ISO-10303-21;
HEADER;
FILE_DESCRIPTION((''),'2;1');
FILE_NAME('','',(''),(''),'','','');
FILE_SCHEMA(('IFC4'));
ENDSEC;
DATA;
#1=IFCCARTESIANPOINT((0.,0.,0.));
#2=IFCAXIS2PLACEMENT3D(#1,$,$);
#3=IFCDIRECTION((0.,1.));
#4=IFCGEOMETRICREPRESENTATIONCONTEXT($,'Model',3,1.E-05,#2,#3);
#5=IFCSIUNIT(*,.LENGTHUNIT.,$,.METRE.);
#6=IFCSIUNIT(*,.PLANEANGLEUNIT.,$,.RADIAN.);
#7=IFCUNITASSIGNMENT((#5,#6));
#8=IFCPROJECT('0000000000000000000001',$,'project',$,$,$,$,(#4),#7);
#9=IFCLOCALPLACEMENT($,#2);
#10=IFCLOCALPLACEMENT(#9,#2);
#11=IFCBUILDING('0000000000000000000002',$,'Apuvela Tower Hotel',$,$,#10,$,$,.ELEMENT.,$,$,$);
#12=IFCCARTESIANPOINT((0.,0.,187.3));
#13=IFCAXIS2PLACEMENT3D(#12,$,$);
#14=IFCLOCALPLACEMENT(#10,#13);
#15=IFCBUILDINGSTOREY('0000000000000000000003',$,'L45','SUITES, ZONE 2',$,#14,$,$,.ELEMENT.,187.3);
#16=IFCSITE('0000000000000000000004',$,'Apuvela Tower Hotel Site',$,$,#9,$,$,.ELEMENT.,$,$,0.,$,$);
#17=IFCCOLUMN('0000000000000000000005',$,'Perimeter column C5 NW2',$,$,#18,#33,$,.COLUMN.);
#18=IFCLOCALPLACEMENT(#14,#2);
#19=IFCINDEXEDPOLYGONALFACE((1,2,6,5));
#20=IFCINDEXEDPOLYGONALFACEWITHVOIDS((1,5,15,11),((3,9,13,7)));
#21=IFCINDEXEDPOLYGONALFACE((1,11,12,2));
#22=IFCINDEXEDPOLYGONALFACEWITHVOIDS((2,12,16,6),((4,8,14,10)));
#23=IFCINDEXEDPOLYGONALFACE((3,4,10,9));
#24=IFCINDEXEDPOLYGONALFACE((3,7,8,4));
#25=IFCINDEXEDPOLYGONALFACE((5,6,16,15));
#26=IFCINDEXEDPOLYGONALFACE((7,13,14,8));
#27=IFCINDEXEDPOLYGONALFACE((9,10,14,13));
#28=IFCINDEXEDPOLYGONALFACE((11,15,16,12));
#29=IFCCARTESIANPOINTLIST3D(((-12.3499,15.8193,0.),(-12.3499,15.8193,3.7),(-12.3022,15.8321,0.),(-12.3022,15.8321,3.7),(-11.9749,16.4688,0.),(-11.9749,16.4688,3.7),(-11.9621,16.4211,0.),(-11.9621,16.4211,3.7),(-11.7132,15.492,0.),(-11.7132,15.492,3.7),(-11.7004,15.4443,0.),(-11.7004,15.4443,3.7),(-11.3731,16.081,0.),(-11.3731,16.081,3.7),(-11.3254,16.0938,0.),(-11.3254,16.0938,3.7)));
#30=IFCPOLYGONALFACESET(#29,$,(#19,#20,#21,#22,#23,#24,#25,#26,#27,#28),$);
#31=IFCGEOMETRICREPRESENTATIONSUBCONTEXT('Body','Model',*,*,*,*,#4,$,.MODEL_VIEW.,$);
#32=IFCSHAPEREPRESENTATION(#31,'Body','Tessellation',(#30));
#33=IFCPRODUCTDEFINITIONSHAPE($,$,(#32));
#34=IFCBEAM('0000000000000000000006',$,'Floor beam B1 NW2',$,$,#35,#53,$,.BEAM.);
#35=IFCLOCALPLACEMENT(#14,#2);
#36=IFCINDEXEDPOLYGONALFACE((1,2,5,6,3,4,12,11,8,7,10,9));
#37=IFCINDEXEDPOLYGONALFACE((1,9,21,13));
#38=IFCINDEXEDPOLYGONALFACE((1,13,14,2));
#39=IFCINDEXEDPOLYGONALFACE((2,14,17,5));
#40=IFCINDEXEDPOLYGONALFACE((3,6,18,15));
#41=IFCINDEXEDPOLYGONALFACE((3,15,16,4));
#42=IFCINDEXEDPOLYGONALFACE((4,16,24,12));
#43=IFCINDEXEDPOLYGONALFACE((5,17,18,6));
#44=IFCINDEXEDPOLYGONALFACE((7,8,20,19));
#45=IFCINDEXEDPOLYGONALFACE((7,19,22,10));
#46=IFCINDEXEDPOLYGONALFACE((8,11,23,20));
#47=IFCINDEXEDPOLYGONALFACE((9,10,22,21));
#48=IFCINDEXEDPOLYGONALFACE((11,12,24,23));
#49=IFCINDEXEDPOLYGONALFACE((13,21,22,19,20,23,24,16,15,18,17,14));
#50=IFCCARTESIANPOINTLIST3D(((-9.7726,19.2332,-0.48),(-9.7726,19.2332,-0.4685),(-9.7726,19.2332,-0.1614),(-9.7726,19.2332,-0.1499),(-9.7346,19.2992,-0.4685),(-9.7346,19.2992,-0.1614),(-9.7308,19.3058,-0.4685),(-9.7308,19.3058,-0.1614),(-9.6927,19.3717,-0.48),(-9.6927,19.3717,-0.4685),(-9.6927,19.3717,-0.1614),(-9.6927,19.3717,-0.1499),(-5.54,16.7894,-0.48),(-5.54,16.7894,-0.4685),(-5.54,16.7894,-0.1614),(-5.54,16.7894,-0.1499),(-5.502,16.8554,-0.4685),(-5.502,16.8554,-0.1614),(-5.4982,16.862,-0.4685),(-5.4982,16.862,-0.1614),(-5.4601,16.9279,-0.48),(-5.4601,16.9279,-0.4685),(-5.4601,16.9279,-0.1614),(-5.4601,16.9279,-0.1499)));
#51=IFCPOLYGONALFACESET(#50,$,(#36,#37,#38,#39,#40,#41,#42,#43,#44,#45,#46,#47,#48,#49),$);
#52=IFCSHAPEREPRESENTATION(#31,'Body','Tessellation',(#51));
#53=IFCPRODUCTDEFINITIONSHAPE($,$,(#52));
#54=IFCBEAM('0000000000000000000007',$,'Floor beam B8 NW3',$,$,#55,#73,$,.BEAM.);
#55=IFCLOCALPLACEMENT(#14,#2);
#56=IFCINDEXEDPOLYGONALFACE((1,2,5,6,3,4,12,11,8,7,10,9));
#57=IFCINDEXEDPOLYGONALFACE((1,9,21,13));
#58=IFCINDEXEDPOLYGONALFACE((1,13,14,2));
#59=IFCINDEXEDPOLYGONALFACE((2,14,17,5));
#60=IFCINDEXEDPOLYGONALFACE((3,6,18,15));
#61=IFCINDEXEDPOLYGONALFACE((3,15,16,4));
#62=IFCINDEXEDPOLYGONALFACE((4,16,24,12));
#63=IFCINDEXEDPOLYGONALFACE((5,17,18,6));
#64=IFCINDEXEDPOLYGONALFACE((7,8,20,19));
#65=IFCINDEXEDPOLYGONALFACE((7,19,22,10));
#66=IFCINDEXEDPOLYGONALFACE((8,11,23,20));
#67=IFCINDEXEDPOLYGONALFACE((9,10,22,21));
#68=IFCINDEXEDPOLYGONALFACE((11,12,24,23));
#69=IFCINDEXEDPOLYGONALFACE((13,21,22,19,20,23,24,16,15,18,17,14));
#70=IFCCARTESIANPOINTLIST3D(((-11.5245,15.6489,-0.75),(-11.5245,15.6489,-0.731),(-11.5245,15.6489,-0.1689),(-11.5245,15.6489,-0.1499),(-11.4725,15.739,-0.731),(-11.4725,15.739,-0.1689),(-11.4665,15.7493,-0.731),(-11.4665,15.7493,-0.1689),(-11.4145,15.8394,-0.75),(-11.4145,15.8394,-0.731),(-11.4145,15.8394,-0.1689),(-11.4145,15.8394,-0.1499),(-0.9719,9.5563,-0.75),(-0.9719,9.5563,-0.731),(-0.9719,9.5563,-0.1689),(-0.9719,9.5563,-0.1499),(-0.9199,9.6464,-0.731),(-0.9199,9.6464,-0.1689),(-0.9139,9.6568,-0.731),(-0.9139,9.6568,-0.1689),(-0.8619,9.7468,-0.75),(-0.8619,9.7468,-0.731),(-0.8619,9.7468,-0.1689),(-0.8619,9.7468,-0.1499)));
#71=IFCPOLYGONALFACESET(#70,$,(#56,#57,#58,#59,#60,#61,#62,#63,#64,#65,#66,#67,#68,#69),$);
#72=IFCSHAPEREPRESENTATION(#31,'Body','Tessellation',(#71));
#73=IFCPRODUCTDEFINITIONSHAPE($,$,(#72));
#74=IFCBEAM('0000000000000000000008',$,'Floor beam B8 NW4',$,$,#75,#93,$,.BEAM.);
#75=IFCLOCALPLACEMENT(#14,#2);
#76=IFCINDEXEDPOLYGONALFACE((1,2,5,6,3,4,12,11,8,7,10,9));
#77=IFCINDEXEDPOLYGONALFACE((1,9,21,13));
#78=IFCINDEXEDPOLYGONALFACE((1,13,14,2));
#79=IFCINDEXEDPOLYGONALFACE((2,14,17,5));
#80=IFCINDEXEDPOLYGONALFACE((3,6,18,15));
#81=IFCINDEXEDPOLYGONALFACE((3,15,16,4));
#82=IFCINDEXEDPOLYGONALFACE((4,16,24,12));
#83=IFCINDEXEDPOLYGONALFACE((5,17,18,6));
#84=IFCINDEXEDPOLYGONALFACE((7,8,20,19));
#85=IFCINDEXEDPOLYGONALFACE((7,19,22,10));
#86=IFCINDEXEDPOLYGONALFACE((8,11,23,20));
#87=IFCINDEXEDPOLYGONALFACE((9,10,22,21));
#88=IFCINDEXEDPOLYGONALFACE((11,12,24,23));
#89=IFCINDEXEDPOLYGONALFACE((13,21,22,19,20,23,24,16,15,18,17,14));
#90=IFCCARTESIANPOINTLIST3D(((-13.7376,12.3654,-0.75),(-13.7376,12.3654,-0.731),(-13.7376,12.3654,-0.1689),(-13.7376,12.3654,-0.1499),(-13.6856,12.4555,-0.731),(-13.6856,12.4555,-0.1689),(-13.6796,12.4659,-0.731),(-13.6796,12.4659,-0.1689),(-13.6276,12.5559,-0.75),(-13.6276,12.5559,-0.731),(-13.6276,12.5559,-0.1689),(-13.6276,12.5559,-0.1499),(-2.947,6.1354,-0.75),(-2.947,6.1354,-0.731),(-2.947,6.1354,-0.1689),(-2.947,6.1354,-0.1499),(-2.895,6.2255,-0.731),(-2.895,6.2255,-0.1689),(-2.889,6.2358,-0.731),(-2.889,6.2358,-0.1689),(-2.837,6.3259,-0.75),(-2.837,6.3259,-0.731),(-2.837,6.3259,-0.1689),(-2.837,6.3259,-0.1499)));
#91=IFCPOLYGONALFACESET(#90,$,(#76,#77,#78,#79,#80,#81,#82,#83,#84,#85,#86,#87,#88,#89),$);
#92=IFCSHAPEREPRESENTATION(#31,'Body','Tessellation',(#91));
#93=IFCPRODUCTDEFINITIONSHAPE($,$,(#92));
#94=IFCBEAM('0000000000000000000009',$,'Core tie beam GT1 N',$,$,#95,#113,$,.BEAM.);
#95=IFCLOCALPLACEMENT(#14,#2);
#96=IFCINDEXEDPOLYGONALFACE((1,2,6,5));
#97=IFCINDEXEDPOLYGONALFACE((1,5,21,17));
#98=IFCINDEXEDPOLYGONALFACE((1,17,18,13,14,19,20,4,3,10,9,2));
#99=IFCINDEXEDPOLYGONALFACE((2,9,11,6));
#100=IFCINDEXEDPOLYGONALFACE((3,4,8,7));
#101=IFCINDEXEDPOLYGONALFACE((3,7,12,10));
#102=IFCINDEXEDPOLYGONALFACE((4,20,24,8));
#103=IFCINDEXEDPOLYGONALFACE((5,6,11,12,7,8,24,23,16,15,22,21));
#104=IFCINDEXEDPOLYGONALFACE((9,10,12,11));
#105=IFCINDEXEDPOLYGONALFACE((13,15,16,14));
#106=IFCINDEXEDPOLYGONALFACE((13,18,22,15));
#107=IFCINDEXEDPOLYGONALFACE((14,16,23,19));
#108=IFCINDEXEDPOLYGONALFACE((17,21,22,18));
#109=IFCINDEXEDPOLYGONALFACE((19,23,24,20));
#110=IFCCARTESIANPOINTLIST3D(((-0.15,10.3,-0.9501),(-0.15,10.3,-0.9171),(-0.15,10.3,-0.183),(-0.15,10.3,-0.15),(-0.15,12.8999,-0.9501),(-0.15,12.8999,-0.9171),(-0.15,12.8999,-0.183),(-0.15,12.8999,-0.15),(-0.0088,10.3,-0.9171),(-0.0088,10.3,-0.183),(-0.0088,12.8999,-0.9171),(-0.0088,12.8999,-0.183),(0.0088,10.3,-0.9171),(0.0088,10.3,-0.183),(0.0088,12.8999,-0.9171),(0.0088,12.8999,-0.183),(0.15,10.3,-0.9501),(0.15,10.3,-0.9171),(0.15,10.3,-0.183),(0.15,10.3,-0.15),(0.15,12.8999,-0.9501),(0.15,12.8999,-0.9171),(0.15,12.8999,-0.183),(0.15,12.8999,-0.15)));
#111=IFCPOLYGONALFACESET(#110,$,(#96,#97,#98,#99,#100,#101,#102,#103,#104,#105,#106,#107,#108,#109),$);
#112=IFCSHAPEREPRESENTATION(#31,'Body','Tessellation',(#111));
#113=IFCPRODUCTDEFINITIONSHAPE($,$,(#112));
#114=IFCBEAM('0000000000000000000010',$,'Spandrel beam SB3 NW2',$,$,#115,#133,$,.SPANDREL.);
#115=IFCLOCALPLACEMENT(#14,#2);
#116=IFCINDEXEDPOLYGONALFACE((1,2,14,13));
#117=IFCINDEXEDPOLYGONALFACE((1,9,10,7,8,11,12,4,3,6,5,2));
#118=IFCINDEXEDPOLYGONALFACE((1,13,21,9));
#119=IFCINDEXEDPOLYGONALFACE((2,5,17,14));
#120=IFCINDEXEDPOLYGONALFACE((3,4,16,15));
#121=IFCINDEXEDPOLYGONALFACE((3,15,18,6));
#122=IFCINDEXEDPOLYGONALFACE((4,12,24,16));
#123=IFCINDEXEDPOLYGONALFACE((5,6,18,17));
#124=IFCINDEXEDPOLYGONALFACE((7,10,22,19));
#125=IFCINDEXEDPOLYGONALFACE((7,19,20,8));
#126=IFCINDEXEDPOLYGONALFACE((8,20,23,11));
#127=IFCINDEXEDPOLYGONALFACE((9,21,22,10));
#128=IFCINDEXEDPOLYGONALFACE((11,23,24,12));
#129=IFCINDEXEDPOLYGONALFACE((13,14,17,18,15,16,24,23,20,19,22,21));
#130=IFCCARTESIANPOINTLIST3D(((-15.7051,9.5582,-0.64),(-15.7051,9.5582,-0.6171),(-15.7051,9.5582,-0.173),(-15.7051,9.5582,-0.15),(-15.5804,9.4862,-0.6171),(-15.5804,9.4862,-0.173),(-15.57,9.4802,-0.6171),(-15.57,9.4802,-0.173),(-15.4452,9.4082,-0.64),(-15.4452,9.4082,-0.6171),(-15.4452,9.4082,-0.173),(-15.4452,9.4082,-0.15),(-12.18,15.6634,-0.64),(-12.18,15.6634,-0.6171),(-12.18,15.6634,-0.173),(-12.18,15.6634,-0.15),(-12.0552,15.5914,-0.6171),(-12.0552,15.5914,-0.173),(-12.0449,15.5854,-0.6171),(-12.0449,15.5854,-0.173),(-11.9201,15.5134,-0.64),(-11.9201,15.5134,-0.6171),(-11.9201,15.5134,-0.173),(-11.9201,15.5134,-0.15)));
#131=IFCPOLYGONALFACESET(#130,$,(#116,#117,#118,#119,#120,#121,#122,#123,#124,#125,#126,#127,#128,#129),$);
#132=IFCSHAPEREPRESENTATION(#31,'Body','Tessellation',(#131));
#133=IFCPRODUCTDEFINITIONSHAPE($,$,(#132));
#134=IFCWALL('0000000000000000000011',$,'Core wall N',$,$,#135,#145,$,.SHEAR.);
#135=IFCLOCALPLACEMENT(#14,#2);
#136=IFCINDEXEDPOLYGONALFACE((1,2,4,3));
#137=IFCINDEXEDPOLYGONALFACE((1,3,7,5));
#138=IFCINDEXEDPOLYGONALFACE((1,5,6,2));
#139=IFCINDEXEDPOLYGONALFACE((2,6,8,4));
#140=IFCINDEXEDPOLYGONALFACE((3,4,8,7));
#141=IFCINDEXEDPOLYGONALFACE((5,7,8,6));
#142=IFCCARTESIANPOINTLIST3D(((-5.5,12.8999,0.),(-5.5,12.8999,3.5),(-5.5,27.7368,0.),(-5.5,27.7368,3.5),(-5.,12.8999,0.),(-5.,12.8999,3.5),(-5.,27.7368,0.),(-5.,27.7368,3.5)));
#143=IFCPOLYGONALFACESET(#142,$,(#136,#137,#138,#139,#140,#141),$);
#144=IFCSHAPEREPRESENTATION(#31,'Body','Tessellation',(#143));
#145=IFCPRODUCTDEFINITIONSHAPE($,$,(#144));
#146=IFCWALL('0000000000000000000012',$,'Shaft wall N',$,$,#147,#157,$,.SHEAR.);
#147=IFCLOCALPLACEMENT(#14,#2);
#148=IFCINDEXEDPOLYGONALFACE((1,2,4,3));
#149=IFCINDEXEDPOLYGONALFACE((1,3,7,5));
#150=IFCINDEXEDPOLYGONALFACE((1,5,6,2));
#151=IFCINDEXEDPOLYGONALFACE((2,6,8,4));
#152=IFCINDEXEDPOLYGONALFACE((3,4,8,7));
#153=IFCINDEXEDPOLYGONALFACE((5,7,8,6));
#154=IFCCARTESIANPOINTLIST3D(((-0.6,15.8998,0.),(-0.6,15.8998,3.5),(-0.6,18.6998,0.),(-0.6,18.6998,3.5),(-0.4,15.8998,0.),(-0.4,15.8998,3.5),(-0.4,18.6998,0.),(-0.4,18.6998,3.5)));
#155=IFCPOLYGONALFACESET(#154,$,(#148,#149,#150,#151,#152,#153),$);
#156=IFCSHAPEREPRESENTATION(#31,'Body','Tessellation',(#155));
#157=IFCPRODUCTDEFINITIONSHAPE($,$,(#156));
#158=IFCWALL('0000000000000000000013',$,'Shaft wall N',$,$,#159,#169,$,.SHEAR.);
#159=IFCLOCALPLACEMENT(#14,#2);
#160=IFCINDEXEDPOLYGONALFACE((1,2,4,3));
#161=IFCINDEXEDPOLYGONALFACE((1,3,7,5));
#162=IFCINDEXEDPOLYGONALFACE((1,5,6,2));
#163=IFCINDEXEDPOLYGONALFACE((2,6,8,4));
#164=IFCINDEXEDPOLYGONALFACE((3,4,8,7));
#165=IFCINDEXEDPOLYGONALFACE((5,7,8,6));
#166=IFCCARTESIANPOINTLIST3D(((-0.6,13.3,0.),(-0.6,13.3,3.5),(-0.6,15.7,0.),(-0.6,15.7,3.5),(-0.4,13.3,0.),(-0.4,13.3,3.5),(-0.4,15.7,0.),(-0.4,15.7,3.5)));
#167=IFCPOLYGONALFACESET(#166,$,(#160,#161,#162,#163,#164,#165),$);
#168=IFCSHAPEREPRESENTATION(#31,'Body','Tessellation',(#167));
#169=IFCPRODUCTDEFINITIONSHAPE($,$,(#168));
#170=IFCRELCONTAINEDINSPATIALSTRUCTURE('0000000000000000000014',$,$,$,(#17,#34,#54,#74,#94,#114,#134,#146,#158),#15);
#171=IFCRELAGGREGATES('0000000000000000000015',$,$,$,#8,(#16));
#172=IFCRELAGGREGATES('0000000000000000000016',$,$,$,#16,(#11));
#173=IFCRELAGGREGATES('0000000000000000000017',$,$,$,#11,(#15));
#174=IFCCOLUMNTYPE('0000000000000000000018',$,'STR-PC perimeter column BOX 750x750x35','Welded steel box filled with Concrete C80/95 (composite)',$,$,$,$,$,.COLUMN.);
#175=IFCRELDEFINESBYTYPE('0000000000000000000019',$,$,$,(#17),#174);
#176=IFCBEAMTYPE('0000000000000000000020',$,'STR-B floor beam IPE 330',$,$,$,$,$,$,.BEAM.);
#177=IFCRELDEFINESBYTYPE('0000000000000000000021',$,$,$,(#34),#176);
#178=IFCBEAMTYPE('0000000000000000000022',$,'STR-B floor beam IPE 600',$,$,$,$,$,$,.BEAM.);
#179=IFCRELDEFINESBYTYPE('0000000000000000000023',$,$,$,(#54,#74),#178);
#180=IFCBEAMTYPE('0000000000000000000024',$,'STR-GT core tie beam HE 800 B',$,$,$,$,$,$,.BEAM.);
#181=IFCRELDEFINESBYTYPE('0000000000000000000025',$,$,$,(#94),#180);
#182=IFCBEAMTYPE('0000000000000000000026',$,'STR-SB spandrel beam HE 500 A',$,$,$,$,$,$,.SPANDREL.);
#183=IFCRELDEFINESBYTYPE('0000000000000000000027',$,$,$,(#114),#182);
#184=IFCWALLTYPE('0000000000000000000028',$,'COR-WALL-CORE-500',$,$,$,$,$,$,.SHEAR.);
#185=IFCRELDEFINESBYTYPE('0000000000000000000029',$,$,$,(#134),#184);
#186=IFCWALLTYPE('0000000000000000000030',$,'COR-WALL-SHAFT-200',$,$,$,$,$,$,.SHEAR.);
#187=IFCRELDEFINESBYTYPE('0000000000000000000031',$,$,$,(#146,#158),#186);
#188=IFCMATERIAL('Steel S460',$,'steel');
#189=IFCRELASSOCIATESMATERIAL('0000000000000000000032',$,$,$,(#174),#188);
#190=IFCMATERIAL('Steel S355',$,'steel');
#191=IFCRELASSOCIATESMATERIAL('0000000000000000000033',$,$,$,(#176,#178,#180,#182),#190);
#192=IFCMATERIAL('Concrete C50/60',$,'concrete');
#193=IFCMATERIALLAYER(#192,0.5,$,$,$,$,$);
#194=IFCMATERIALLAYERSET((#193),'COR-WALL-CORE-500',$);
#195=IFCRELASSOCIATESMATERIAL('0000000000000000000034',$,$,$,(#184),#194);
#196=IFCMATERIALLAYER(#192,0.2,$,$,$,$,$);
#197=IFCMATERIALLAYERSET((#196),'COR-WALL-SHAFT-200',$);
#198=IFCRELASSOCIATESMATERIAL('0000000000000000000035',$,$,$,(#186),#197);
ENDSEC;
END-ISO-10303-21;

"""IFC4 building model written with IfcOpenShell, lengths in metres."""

from ifc_helpers import new_model, si_unit, direction, frame, frame_2d, origin, origin_2d, place, context, subcontext, project, spatial, rectangle, hollow_rectangle, i_section, extrude, material, layer, layer_set, material_profile, profile_set, type_object, element, save


model = new_model("IFC4")

# Units and contexts
model_context = context("Model", 3, precision=1e-05, world=origin(), true_north=direction((0.0, 1.0)))
body_context = subcontext(model_context, "Body", "Model", "MODEL_VIEW")
ifc_project = project(units=[si_unit("LENGTHUNIT", "METRE"), si_unit("PLANEANGLEUNIT", "RADIAN")], contexts=[model_context])

# Site, building, storey
site_placement = place(None, origin())
site = spatial("IfcSite", under=ifc_project, at=site_placement, Name="Apuvela Tower Hotel Site", CompositionType="ELEMENT", RefElevation=0.0)
building_placement = place(site_placement, origin())
building = spatial("IfcBuilding", under=site, at=building_placement, Name="Apuvela Tower Hotel", CompositionType="ELEMENT")
storey_placement = place(building_placement, frame((0.0, 0.0, 187.3)))
storey = spatial("IfcBuildingStorey", under=building, at=storey_placement, Name="L45", Description="SUITES, ZONE 2", CompositionType="ELEMENT", Elevation=187.3)

# Column
ifc_material_1 = material(Name="Steel S460", Category="steel")
ifc_material_profile_1 = material_profile(ifc_material_1, hollow_rectangle(XDim=0.75, YDim=0.75, WallThickness=0.0349, at=origin_2d()), Name="BOX 750x750x35")
ifc_material_2 = material(Name="Concrete C80/95", Category="concrete")
ifc_material_profile_2 = material_profile(ifc_material_2, rectangle(XDim=0.6799, YDim=0.6799, at=origin_2d()), Name="Concrete C80/95 infill")
ifc_profile_set_1 = profile_set([ifc_material_profile_1, ifc_material_profile_2], Name="Steel S460")
column_type = type_object("IfcColumnType", Name="STR-PC perimeter column BOX 750x750x35", Description="Welded steel box filled with Concrete C80/95 (composite)", PredefinedType="COLUMN", material=ifc_profile_set_1)
column_placement = place(storey_placement, frame((-11.8376, 15.9565, 0.0), z_axis=(0.0, 0.0, 1.0), x_axis=(0.5, 0.866025, 0.0)))
element("IfcColumn", 1, at=column_placement, inside=storey, type_object=column_type, Name="Perimeter column C5 NW2", PredefinedType="COLUMN", context=body_context, shape_type="SweptSolid", body=[
    extrude(hollow_rectangle(XDim=0.75, YDim=0.75, WallThickness=0.0349, at=origin_2d()), origin(), (0.0, 0.0, 1.0), 3.7),
])

# Beams
ifc_material_3 = material(Name="Steel S355", Category="steel")
ifc_material_profile_3 = material_profile(ifc_material_3, i_section(OverallWidth=0.1599, OverallDepth=0.3301, WebThickness=0.0076, FlangeThickness=0.0115, at=origin_2d()), Name="IPE 330")
ifc_profile_set_2 = profile_set([ifc_material_profile_3], Name="Steel S355")
beam_type_1 = type_object("IfcBeamType", Name="STR-B floor beam IPE 330", PredefinedType="BEAM", material=ifc_profile_set_2)
beam_1_placement = place(storey_placement, frame((-9.7327, 19.3025, -0.3149), z_axis=(0.866015, -0.500018, 0.0), x_axis=(0.500018, 0.866015, 0.0)))
element("IfcBeam", 2, at=beam_1_placement, inside=storey, type_object=beam_type_1, Name="Floor beam B1 NW2", PredefinedType="BEAM", context=body_context, shape_type="SweptSolid", body=[
    extrude(i_section(OverallWidth=0.1599, OverallDepth=0.3301, WebThickness=0.0076, FlangeThickness=0.0115, at=origin_2d()), origin(), (0.0, 0.0, 1.0), 4.8875),
])
ifc_material_profile_4 = material_profile(ifc_material_3, i_section(OverallWidth=0.22, OverallDepth=0.6001, WebThickness=0.012, FlangeThickness=0.019, at=origin_2d()), Name="IPE 600")
ifc_profile_set_3 = profile_set([ifc_material_profile_4], Name="Steel S355")
beam_type_2 = type_object("IfcBeamType", Name="STR-B floor beam IPE 600", PredefinedType="BEAM", material=ifc_profile_set_3)
beam_2_placement = place(storey_placement, frame((-11.4695, 15.7441, -0.45), z_axis=(0.866024, -0.500003, 0.0), x_axis=(0.500003, 0.866024, 0.0)))
element("IfcBeam", 3, at=beam_2_placement, inside=storey, type_object=beam_type_2, Name="Floor beam B8 NW3", PredefinedType="BEAM", context=body_context, shape_type="SweptSolid", body=[
    extrude(i_section(OverallWidth=0.22, OverallDepth=0.6001, WebThickness=0.012, FlangeThickness=0.019, at=origin_2d()), origin(), (0.0, 0.0, 1.0), 12.1851),
])
beam_3_placement = place(storey_placement, frame((-13.6826, 12.4607, -0.45), z_axis=(0.866023, -0.500004, 0.0), x_axis=(0.500004, 0.866023, 0.0)))
element("IfcBeam", 4, at=beam_3_placement, inside=storey, type_object=beam_type_2, Name="Floor beam B8 NW4", PredefinedType="BEAM", context=body_context, shape_type="SweptSolid", body=[
    extrude(i_section(OverallWidth=0.22, OverallDepth=0.6001, WebThickness=0.012, FlangeThickness=0.019, at=origin_2d()), origin(), (0.0, 0.0, 1.0), 12.46),
])
ifc_material_profile_5 = material_profile(ifc_material_3, i_section(OverallWidth=0.3, OverallDepth=0.8, WebThickness=0.0176, FlangeThickness=0.033, at=origin_2d()), Name="HE 800 B")
ifc_profile_set_4 = profile_set([ifc_material_profile_5], Name="Steel S355")
beam_type_3 = type_object("IfcBeamType", Name="STR-GT core tie beam HE 800 B", PredefinedType="BEAM", material=ifc_profile_set_4)
beam_4_placement = place(storey_placement, frame((0.0, 12.8999, -0.55), z_axis=(0.0, -1.0, 0.0), x_axis=(1.0, 0.0, 0.0)))
element("IfcBeam", 5, at=beam_4_placement, inside=storey, type_object=beam_type_3, Name="Core tie beam GT1 N", PredefinedType="BEAM", context=body_context, shape_type="SweptSolid", body=[
    extrude(i_section(OverallWidth=0.3, OverallDepth=0.8, WebThickness=0.0176, FlangeThickness=0.033, at=origin_2d()), origin(), (0.0, 0.0, 1.0), 2.5999),
])
ifc_material_profile_6 = material_profile(ifc_material_3, i_section(OverallWidth=0.3, OverallDepth=0.49, WebThickness=0.012, FlangeThickness=0.0229, at=origin_2d()), Name="HE 500 A")
ifc_profile_set_5 = profile_set([ifc_material_profile_6], Name="Steel S355")
beam_type_4 = type_object("IfcBeamType", Name="STR-SB spandrel beam HE 500 A", PredefinedType="SPANDREL", material=ifc_profile_set_5)
beam_5_placement = place(storey_placement, frame((-12.05, 15.5884, -0.395), z_axis=(-0.500031, -0.866007, 0.0), x_axis=(0.866007, -0.500031, 0.0)))
element("IfcBeam", 6, at=beam_5_placement, inside=storey, type_object=beam_type_4, Name="Spandrel beam SB3 NW2", PredefinedType="SPANDREL", context=body_context, shape_type="SweptSolid", body=[
    extrude(i_section(OverallWidth=0.3, OverallDepth=0.49, WebThickness=0.012, FlangeThickness=0.0229, at=origin_2d()), origin(), (0.0, 0.0, 1.0), 7.0498),
])

# Walls
ifc_material_4 = material(Name="Concrete C50/60", Category="concrete")
ifc_layer_1 = layer(ifc_material_4, 0.5)
ifc_layer_set_1 = layer_set([ifc_layer_1], Name="COR-WALL-CORE-500")
wall_type_1 = type_object("IfcWallType", Name="COR-WALL-CORE-500", PredefinedType="SHEAR", material=ifc_layer_set_1)
wall_1_placement = place(storey_placement, frame((-5.25, 12.8999, 0.0), z_axis=(0.0, 0.0, 1.0), x_axis=(0.0, 1.0, 0.0)))
element("IfcWall", 7, at=wall_1_placement, inside=storey, type_object=wall_type_1, Name="Core wall N", PredefinedType="SHEAR", context=body_context, shape_type="SweptSolid", body=[
    extrude(rectangle(XDim=14.8369, YDim=0.5, at=frame_2d((7.4185, 0.0))), origin(), (0.0, 0.0, 1.0), 3.5),
])
ifc_layer_2 = layer(ifc_material_4, 0.2)
ifc_layer_set_2 = layer_set([ifc_layer_2], Name="COR-WALL-SHAFT-200")
wall_type_2 = type_object("IfcWallType", Name="COR-WALL-SHAFT-200", PredefinedType="SHEAR", material=ifc_layer_set_2)
wall_2_placement = place(storey_placement, frame((-0.5, 15.8999, 0.0), z_axis=(0.0, 0.0, 1.0), x_axis=(0.0, 1.0, 0.0)))
element("IfcWall", 8, at=wall_2_placement, inside=storey, type_object=wall_type_2, Name="Shaft wall N", PredefinedType="SHEAR", context=body_context, shape_type="SweptSolid", body=[
    extrude(rectangle(XDim=2.8, YDim=0.2, at=frame_2d((1.3999, 0.0))), origin(), (0.0, 0.0, 1.0), 3.5),
])
wall_3_placement = place(storey_placement, frame((-0.5, 13.3, 0.0), z_axis=(0.0, 0.0, 1.0), x_axis=(0.0, 1.0, 0.0)))
element("IfcWall", 9, at=wall_3_placement, inside=storey, type_object=wall_type_2, Name="Shaft wall N", PredefinedType="SHEAR", context=body_context, shape_type="SweptSolid", body=[
    extrude(rectangle(XDim=2.3999, YDim=0.2, at=frame_2d((1.2, 0.0))), origin(), (0.0, 0.0, 1.0), 3.5),
])

save(model, "model.ifc")
